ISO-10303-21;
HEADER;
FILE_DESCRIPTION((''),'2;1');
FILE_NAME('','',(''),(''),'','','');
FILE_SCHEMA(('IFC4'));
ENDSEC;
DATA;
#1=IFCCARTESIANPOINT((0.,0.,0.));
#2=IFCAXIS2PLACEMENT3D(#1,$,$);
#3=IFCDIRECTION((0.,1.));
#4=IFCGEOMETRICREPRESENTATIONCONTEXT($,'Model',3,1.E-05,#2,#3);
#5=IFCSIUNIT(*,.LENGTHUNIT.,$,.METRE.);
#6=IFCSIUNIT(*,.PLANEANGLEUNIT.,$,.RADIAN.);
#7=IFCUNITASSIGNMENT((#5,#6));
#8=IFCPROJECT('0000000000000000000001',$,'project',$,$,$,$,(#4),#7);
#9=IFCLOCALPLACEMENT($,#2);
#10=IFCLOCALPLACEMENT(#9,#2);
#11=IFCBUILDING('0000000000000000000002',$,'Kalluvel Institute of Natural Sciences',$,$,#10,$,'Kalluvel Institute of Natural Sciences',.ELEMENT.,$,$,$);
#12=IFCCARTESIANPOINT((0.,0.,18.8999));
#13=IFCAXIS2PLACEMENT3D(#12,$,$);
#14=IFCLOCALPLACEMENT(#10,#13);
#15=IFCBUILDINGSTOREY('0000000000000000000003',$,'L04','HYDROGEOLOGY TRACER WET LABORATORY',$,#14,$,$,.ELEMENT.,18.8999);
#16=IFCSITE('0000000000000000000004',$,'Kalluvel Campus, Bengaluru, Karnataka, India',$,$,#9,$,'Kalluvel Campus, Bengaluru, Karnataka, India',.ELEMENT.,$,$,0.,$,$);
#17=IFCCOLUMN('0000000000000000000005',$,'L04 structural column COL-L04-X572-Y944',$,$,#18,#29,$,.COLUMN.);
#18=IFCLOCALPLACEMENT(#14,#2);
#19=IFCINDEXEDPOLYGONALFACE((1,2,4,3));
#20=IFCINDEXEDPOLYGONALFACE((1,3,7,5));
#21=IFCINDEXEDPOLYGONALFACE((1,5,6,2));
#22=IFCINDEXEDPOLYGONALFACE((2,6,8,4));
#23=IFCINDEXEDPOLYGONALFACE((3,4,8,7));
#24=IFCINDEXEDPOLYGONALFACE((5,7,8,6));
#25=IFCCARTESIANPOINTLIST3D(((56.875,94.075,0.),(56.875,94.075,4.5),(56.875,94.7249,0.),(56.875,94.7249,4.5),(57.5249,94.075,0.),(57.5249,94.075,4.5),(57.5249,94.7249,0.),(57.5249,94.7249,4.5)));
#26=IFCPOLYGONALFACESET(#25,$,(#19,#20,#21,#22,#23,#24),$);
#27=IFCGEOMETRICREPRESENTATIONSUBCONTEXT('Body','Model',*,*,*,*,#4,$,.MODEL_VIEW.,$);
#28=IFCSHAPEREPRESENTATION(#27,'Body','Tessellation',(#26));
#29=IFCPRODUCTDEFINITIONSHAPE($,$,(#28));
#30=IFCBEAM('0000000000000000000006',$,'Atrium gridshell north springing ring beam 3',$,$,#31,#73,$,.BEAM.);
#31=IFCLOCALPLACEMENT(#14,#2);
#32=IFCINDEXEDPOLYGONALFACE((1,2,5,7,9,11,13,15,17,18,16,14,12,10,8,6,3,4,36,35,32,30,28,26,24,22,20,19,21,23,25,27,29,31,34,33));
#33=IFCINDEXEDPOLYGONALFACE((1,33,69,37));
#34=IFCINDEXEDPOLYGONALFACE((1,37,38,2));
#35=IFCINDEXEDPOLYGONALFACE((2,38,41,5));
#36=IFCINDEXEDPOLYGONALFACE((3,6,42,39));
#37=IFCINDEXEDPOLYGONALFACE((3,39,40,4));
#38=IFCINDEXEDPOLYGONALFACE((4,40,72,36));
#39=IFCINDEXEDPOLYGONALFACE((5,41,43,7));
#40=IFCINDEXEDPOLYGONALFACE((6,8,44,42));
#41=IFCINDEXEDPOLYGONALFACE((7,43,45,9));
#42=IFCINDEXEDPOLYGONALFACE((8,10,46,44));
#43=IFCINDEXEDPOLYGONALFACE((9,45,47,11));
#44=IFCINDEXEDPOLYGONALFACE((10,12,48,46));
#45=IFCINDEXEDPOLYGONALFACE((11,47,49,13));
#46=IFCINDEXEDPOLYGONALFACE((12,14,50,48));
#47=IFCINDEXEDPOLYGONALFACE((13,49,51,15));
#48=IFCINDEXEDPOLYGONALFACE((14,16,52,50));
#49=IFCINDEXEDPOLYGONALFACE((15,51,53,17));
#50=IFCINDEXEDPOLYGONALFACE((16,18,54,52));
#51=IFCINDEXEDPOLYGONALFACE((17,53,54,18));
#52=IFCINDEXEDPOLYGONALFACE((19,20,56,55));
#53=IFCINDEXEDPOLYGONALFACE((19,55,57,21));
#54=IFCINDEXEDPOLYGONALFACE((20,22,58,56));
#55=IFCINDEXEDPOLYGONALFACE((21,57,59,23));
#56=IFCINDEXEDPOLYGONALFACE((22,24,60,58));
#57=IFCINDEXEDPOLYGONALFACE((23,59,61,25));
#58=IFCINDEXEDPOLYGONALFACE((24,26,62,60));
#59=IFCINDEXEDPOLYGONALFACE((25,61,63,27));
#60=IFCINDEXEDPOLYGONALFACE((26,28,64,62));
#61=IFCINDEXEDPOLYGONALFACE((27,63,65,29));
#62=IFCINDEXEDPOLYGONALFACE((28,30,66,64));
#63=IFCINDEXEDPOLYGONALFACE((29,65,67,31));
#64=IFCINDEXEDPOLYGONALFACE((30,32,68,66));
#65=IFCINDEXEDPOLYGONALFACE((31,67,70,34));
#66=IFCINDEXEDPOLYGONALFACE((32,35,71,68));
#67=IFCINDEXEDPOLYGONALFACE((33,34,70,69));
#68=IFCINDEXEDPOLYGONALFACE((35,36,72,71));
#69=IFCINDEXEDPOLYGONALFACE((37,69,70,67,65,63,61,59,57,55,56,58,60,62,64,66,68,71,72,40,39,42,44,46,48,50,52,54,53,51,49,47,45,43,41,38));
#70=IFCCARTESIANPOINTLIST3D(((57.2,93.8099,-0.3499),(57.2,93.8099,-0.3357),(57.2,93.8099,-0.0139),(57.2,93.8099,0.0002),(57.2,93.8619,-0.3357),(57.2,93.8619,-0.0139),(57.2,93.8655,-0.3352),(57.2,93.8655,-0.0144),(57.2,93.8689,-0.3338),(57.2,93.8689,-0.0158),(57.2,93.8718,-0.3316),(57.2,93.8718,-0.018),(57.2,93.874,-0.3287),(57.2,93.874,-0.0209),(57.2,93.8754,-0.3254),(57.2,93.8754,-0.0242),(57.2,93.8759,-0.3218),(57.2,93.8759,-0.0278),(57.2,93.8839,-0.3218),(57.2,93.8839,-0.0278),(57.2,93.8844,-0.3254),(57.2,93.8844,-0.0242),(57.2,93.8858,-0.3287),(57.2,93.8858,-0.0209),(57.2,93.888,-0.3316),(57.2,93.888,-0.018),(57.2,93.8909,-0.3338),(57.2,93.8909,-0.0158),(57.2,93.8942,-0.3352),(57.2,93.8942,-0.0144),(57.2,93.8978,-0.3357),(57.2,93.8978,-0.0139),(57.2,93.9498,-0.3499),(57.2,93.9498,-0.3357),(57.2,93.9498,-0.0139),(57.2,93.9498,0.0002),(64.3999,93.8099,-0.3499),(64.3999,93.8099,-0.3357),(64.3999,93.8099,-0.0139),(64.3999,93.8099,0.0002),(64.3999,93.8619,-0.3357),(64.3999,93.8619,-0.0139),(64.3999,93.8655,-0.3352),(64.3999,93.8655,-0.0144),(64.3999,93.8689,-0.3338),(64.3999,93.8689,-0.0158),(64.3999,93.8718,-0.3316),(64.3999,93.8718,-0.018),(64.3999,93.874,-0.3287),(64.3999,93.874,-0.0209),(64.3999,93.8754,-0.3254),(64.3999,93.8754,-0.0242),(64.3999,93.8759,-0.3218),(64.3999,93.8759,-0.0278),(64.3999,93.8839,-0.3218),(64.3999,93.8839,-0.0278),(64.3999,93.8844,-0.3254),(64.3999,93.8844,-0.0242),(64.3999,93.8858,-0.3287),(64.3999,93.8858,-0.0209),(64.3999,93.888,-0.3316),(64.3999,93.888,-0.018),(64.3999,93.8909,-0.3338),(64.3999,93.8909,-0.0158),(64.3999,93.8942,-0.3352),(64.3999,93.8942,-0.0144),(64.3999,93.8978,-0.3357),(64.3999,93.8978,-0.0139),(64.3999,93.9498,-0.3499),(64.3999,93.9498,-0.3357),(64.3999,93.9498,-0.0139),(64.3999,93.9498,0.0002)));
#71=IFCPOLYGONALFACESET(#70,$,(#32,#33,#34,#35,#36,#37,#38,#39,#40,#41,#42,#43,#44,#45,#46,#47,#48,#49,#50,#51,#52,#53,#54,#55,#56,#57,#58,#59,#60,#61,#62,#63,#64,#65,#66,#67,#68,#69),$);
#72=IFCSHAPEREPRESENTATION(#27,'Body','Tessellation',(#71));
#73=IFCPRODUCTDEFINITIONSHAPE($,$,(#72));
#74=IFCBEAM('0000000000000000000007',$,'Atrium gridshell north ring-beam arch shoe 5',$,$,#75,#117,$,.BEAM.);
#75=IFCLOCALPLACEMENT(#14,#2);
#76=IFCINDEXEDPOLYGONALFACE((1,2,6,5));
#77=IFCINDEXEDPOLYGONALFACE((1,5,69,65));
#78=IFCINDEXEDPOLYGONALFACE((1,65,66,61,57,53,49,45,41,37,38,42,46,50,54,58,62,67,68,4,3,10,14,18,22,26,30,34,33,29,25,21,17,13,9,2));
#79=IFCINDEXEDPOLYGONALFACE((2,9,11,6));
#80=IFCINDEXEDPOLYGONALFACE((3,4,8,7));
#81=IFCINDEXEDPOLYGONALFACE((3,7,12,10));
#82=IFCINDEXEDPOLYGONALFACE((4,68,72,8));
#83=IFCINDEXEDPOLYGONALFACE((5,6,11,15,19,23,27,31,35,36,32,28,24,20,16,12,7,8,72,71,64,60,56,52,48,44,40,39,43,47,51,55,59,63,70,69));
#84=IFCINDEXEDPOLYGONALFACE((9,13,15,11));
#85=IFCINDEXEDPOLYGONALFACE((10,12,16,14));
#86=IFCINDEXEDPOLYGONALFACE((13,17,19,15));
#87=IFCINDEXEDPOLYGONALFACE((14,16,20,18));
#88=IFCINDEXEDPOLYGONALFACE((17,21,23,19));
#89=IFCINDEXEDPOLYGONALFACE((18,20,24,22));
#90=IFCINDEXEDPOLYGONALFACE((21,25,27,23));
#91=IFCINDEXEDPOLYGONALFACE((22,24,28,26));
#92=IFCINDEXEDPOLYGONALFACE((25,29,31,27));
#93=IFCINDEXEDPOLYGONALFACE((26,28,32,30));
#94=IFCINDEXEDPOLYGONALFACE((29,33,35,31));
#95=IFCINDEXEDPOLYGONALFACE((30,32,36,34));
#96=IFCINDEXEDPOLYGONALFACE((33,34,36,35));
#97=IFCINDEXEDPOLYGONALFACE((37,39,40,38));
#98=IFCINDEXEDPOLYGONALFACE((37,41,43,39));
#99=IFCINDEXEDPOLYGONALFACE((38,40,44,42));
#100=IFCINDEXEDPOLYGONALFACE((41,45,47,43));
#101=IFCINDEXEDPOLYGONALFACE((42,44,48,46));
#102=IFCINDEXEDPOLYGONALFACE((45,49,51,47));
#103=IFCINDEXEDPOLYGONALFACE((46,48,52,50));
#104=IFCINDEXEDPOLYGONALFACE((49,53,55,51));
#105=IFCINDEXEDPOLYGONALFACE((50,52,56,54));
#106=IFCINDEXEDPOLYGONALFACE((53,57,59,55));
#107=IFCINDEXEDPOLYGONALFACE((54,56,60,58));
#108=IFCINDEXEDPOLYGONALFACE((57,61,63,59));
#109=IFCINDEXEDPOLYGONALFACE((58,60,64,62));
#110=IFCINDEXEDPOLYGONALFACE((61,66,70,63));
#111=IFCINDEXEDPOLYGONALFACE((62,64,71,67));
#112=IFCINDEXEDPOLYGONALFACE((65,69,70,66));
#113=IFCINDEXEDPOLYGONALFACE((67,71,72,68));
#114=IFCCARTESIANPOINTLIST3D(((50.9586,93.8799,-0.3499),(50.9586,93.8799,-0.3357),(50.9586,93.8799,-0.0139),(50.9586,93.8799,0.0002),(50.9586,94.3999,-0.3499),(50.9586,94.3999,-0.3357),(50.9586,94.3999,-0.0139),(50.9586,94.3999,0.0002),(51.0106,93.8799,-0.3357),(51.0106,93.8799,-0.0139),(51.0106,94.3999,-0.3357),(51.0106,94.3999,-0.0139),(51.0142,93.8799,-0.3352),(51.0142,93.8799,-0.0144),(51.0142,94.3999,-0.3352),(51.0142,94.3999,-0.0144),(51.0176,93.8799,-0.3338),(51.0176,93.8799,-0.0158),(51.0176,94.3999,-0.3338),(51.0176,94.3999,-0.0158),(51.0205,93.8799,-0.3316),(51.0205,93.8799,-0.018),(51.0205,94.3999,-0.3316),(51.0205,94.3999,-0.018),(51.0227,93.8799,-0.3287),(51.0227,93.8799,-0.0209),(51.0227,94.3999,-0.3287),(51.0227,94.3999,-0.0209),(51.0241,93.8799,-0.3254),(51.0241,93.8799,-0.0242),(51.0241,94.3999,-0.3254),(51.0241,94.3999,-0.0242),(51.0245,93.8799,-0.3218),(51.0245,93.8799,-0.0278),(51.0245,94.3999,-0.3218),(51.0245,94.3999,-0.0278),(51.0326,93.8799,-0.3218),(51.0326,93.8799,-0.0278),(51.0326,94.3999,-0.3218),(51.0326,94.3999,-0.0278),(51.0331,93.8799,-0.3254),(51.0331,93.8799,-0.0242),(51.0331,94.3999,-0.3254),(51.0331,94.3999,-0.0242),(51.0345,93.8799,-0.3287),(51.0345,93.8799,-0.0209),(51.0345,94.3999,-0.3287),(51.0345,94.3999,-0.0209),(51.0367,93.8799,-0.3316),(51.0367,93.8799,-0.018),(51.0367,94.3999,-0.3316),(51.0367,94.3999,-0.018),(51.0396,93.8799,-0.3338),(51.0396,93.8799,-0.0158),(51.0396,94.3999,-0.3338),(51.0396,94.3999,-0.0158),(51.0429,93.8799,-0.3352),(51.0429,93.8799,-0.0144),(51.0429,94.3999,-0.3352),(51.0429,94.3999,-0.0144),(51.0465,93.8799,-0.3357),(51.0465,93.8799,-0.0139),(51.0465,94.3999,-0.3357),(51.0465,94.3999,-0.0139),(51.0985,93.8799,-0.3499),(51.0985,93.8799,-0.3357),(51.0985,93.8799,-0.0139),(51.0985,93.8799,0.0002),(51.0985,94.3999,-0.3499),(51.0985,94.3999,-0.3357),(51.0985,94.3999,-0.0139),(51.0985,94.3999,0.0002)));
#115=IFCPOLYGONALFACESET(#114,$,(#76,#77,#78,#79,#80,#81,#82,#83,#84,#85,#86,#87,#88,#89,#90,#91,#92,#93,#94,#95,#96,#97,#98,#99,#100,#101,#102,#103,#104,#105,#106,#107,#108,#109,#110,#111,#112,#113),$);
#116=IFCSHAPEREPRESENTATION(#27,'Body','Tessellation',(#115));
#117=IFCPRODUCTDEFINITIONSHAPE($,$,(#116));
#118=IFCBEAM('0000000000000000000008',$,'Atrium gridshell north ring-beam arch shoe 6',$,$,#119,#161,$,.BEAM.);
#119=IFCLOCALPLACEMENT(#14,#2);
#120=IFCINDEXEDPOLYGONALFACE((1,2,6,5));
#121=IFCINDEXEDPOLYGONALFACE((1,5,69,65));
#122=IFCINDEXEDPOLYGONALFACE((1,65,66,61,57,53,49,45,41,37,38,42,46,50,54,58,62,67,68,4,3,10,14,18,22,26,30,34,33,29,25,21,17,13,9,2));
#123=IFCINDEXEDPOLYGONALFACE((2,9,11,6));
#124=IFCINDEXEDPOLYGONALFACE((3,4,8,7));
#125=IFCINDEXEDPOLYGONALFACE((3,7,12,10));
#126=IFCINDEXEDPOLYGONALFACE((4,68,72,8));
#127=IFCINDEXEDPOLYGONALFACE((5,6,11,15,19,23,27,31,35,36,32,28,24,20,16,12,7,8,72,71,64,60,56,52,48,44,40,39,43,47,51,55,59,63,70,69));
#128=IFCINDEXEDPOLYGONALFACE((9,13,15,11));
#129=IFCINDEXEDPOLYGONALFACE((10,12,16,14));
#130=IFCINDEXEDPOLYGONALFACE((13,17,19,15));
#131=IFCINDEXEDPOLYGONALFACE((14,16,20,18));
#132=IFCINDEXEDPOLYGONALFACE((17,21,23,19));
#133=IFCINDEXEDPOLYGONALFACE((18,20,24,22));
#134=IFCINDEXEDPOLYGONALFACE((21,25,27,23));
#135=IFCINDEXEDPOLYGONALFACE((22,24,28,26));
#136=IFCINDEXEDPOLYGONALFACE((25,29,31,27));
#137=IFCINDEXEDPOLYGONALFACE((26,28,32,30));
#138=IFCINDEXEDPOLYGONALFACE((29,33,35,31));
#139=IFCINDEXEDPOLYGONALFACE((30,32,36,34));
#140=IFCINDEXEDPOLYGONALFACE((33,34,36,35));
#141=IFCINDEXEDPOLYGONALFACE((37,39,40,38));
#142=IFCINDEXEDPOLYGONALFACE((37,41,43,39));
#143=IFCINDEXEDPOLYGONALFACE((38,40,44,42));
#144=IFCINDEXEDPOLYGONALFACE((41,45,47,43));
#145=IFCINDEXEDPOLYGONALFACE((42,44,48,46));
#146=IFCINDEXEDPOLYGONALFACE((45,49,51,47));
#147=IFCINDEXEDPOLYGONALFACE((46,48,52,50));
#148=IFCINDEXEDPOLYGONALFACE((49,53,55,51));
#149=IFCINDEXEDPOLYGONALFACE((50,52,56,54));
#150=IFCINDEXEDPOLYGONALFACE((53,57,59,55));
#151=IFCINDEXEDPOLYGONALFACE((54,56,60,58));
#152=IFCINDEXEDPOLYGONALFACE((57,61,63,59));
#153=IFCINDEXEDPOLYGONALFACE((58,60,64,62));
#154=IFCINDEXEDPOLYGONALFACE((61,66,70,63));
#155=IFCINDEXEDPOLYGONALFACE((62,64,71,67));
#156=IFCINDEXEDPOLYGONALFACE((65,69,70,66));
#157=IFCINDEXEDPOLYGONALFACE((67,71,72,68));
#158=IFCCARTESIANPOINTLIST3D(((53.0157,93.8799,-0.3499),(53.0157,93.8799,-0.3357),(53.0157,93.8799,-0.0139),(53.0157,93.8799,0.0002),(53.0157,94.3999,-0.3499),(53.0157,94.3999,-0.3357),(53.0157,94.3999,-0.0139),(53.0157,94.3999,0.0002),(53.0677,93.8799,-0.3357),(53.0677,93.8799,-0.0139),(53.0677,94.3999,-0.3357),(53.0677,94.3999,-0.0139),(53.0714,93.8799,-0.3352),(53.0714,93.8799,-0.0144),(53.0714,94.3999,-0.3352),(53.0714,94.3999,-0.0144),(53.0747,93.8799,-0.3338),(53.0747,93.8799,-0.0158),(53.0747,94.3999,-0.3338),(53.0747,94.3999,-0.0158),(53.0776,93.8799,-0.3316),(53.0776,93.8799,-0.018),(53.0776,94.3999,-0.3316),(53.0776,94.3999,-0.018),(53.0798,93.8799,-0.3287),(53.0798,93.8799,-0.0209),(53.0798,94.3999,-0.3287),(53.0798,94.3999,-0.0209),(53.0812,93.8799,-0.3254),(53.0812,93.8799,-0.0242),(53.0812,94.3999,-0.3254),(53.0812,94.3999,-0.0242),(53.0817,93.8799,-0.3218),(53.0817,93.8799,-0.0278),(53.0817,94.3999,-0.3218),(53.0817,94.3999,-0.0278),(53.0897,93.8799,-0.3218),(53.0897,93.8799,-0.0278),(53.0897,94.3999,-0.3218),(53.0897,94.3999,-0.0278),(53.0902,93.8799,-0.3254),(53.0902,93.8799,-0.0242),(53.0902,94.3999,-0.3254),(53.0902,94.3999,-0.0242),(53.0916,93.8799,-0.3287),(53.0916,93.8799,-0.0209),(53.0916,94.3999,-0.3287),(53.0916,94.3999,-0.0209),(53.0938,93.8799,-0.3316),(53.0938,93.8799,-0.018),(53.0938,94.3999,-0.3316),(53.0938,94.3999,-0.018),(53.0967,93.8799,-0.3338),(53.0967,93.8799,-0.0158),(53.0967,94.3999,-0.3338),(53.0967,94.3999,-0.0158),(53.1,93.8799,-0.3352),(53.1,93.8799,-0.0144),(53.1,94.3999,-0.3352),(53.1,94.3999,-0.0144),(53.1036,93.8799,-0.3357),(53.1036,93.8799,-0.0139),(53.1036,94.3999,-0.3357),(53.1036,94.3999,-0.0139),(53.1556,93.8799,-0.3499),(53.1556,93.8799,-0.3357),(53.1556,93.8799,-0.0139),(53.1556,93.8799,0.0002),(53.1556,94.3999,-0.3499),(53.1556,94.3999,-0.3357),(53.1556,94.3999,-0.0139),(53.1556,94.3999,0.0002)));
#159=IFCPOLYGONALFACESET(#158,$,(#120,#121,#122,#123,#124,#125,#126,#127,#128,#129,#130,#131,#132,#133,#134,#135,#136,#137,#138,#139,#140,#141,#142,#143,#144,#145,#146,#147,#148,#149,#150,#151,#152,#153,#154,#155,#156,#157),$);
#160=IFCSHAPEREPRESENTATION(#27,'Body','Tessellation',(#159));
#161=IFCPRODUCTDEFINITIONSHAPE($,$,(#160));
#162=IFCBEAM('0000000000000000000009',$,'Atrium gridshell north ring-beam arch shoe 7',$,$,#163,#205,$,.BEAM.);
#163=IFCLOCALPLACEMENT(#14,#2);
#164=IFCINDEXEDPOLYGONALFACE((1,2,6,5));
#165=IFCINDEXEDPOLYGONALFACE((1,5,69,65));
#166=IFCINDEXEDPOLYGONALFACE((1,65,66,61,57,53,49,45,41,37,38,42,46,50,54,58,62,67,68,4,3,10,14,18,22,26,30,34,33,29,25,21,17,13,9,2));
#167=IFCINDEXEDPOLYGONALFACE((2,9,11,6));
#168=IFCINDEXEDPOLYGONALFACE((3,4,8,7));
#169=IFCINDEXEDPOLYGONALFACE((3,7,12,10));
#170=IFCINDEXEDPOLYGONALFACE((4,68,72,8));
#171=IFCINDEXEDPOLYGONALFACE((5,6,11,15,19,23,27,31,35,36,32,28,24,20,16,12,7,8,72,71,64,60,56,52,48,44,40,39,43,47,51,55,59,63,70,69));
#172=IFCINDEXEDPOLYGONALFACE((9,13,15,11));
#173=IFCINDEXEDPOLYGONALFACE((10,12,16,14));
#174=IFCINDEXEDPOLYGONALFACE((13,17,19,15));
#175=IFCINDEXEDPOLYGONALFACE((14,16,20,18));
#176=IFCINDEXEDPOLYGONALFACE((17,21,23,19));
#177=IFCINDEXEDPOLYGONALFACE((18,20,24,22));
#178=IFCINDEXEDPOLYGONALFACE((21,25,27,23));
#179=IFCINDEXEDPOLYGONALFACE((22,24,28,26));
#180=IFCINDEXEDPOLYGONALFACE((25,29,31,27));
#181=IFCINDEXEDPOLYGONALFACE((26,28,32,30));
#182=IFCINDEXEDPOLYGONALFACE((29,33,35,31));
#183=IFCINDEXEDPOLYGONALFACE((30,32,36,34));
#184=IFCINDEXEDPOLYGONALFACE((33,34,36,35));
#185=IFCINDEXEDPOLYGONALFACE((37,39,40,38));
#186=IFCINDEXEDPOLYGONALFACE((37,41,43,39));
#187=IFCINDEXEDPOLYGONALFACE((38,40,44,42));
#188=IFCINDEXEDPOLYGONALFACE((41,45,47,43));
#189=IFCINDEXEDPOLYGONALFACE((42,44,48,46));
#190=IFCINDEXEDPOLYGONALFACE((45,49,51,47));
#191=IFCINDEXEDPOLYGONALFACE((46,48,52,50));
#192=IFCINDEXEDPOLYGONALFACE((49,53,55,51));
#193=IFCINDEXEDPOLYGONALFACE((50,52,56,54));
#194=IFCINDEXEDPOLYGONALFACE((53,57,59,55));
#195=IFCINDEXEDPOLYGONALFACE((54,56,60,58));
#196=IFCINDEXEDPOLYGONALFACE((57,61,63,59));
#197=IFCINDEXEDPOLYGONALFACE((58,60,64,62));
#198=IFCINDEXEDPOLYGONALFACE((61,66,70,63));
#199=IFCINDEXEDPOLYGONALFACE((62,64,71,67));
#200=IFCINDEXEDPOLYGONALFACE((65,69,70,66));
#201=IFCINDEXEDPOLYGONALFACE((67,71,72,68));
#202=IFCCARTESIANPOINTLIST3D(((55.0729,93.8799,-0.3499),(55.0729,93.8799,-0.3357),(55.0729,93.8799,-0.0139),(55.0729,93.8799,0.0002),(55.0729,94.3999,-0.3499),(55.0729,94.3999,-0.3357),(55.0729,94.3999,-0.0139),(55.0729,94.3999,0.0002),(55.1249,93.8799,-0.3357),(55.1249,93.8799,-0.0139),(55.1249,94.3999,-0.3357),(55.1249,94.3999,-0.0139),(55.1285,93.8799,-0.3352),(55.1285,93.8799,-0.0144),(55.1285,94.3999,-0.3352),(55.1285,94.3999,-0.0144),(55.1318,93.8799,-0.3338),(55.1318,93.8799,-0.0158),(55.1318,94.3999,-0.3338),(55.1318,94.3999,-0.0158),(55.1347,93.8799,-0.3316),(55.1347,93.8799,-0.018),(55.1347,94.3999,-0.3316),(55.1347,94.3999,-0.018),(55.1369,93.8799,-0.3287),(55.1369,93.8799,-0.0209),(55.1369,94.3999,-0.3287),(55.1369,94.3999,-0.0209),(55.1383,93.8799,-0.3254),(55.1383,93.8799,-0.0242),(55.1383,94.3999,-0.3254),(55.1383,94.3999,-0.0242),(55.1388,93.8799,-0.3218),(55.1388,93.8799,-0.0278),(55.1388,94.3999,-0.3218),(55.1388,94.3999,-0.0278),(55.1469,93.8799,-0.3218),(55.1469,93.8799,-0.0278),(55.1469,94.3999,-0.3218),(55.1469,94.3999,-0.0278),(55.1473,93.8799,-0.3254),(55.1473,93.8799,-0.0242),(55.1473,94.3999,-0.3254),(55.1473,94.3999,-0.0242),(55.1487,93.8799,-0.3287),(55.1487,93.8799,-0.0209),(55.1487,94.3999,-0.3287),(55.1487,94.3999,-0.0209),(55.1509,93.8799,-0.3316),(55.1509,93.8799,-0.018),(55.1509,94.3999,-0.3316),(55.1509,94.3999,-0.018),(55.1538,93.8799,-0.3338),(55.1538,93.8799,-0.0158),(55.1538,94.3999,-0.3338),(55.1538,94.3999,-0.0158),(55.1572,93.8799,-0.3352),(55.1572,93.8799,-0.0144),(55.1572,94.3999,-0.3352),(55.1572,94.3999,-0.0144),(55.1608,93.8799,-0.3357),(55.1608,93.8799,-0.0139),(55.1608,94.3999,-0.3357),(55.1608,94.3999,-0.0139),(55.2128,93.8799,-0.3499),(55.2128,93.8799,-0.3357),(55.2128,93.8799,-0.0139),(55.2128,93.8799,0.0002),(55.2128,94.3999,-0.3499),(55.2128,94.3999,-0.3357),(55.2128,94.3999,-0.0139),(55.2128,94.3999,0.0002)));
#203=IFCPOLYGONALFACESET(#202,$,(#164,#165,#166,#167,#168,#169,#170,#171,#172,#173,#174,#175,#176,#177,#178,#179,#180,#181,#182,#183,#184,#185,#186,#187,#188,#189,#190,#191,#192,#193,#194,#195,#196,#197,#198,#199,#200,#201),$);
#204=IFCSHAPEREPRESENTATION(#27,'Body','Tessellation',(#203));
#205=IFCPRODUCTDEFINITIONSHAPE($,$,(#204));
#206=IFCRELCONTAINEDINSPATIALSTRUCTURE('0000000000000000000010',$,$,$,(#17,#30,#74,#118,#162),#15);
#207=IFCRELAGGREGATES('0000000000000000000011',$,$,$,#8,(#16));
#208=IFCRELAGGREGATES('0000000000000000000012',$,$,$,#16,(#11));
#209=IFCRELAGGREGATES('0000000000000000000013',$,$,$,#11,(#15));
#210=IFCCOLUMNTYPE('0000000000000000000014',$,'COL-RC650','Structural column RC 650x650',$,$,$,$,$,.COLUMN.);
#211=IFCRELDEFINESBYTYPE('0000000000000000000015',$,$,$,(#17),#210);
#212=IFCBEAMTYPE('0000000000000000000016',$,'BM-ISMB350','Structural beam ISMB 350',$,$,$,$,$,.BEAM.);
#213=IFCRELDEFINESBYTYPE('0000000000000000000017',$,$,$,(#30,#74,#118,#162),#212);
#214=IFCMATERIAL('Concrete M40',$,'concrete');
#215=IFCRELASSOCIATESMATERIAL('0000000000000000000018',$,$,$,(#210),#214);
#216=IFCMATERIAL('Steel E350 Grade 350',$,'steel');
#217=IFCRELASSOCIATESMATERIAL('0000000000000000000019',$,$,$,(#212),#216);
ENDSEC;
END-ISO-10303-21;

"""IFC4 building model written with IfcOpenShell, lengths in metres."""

from ifc_helpers import new_model, si_unit, direction, frame, origin, origin_2d, place, context, subcontext, project, spatial, rectangle, i_section, extrude, material, material_profile, profile_set, type_object, element, save


model = new_model("IFC4")

# Units and contexts
model_context = context("Model", 3, precision=1e-05, world=origin(), true_north=direction((0.0, 1.0)))
body_context = subcontext(model_context, "Body", "Model", "MODEL_VIEW")
ifc_project = project(units=[si_unit("LENGTHUNIT", "METRE"), si_unit("PLANEANGLEUNIT", "RADIAN")], contexts=[model_context])

# Site, building, storey
site_placement = place(None, origin())
site = spatial("IfcSite", under=ifc_project, at=site_placement, Name="Kalluvel Campus, Bengaluru, Karnataka, India", LongName="Kalluvel Campus, Bengaluru, Karnataka, India", CompositionType="ELEMENT", RefElevation=0.0)
building_placement = place(site_placement, origin())
building = spatial("IfcBuilding", under=site, at=building_placement, Name="Kalluvel Institute of Natural Sciences", LongName="Kalluvel Institute of Natural Sciences", CompositionType="ELEMENT")
storey_placement = place(building_placement, frame((0.0, 0.0, 18.8999)))
storey = spatial("IfcBuildingStorey", under=building, at=storey_placement, Name="L04", Description="HYDROGEOLOGY TRACER WET LABORATORY", CompositionType="ELEMENT", Elevation=18.8999)

# Column
ifc_material_1 = material(Name="Concrete M40", Category="concrete")
ifc_material_profile_1 = material_profile(ifc_material_1, rectangle(XDim=0.6499, YDim=0.6499, at=origin_2d()), Name="RC 650x650")
ifc_profile_set_1 = profile_set([ifc_material_profile_1], Name="Concrete M40")
column_type = type_object("IfcColumnType", Name="COL-RC650", Description="Structural column RC 650x650", PredefinedType="COLUMN", material=ifc_profile_set_1)
column_placement = place(storey_placement, frame((57.2, 94.3999, 0.0), z_axis=(0.0, 0.0, 1.0), x_axis=(1.0, 0.0, 0.0)))
element("IfcColumn", 1, at=column_placement, inside=storey, type_object=column_type, Name="L04 structural column COL-L04-X572-Y944", PredefinedType="COLUMN", context=body_context, shape_type="SweptSolid", body=[
    extrude(rectangle(XDim=0.6499, YDim=0.6499, at=origin_2d()), origin(), (0.0, 0.0, 1.0), 4.5),
])

# Beams
ifc_material_2 = material(Name="Steel E350 Grade 350", Category="steel")
ifc_material_profile_2 = material_profile(ifc_material_2, i_section(OverallWidth=0.1399, OverallDepth=0.3501, WebThickness=0.0081, FlangeThickness=0.0142, FilletRadius=0.0139, at=origin_2d()), Name="ISMB 350")
ifc_profile_set_2 = profile_set([ifc_material_profile_2], Name="Steel E350 Grade 350")
beam_type_1 = type_object("IfcBeamType", Name="BM-ISMB350", Description="Structural beam ISMB 350", PredefinedType="BEAM", material=ifc_profile_set_2)
beam_1_placement = place(storey_placement, frame((57.2, 93.8799, -0.1748), z_axis=(1.0, 0.0, 0.0), x_axis=(0.0, 1.0, 0.0)))
element("IfcBeam", 2, at=beam_1_placement, inside=storey, type_object=beam_type_1, Name="Atrium gridshell north springing ring beam 3", PredefinedType="BEAM", context=body_context, shape_type="SweptSolid", body=[
    extrude(i_section(OverallWidth=0.1399, OverallDepth=0.3501, WebThickness=0.0081, FlangeThickness=0.0142, FilletRadius=0.0139, at=origin_2d()), origin(), (0.0, 0.0, 1.0), 7.2),
])
for number, where, z_axis, x_axis, name in (
    (3, (51.0286, 93.8799, -0.1748), (0.0, 1.0, 0.0), (-1.0, 0.0, 0.0), "Atrium gridshell north ring-beam arch shoe 5"),
    (4, (53.0857, 93.8799, -0.1748), (0.0, 1.0, 0.0), (-1.0, 0.0, 0.0), "Atrium gridshell north ring-beam arch shoe 6"),
    (5, (55.1428, 93.8799, -0.1748), (0.0, 1.0, 0.0), (-1.0, 0.0, 0.0), "Atrium gridshell north ring-beam arch shoe 7"),
):
    element("IfcBeam", number, at=place(storey_placement, frame(where, z_axis=z_axis, x_axis=x_axis)), inside=storey, type_object=beam_type_1, Name=name, PredefinedType="BEAM", context=body_context, shape_type="SweptSolid", body=[
        extrude(i_section(OverallWidth=0.1399, OverallDepth=0.3501, WebThickness=0.0081, FlangeThickness=0.0142, FilletRadius=0.0139, at=origin_2d()), origin(), (0.0, 0.0, 1.0), 0.52),
    ])

save(model, "model.ifc")
